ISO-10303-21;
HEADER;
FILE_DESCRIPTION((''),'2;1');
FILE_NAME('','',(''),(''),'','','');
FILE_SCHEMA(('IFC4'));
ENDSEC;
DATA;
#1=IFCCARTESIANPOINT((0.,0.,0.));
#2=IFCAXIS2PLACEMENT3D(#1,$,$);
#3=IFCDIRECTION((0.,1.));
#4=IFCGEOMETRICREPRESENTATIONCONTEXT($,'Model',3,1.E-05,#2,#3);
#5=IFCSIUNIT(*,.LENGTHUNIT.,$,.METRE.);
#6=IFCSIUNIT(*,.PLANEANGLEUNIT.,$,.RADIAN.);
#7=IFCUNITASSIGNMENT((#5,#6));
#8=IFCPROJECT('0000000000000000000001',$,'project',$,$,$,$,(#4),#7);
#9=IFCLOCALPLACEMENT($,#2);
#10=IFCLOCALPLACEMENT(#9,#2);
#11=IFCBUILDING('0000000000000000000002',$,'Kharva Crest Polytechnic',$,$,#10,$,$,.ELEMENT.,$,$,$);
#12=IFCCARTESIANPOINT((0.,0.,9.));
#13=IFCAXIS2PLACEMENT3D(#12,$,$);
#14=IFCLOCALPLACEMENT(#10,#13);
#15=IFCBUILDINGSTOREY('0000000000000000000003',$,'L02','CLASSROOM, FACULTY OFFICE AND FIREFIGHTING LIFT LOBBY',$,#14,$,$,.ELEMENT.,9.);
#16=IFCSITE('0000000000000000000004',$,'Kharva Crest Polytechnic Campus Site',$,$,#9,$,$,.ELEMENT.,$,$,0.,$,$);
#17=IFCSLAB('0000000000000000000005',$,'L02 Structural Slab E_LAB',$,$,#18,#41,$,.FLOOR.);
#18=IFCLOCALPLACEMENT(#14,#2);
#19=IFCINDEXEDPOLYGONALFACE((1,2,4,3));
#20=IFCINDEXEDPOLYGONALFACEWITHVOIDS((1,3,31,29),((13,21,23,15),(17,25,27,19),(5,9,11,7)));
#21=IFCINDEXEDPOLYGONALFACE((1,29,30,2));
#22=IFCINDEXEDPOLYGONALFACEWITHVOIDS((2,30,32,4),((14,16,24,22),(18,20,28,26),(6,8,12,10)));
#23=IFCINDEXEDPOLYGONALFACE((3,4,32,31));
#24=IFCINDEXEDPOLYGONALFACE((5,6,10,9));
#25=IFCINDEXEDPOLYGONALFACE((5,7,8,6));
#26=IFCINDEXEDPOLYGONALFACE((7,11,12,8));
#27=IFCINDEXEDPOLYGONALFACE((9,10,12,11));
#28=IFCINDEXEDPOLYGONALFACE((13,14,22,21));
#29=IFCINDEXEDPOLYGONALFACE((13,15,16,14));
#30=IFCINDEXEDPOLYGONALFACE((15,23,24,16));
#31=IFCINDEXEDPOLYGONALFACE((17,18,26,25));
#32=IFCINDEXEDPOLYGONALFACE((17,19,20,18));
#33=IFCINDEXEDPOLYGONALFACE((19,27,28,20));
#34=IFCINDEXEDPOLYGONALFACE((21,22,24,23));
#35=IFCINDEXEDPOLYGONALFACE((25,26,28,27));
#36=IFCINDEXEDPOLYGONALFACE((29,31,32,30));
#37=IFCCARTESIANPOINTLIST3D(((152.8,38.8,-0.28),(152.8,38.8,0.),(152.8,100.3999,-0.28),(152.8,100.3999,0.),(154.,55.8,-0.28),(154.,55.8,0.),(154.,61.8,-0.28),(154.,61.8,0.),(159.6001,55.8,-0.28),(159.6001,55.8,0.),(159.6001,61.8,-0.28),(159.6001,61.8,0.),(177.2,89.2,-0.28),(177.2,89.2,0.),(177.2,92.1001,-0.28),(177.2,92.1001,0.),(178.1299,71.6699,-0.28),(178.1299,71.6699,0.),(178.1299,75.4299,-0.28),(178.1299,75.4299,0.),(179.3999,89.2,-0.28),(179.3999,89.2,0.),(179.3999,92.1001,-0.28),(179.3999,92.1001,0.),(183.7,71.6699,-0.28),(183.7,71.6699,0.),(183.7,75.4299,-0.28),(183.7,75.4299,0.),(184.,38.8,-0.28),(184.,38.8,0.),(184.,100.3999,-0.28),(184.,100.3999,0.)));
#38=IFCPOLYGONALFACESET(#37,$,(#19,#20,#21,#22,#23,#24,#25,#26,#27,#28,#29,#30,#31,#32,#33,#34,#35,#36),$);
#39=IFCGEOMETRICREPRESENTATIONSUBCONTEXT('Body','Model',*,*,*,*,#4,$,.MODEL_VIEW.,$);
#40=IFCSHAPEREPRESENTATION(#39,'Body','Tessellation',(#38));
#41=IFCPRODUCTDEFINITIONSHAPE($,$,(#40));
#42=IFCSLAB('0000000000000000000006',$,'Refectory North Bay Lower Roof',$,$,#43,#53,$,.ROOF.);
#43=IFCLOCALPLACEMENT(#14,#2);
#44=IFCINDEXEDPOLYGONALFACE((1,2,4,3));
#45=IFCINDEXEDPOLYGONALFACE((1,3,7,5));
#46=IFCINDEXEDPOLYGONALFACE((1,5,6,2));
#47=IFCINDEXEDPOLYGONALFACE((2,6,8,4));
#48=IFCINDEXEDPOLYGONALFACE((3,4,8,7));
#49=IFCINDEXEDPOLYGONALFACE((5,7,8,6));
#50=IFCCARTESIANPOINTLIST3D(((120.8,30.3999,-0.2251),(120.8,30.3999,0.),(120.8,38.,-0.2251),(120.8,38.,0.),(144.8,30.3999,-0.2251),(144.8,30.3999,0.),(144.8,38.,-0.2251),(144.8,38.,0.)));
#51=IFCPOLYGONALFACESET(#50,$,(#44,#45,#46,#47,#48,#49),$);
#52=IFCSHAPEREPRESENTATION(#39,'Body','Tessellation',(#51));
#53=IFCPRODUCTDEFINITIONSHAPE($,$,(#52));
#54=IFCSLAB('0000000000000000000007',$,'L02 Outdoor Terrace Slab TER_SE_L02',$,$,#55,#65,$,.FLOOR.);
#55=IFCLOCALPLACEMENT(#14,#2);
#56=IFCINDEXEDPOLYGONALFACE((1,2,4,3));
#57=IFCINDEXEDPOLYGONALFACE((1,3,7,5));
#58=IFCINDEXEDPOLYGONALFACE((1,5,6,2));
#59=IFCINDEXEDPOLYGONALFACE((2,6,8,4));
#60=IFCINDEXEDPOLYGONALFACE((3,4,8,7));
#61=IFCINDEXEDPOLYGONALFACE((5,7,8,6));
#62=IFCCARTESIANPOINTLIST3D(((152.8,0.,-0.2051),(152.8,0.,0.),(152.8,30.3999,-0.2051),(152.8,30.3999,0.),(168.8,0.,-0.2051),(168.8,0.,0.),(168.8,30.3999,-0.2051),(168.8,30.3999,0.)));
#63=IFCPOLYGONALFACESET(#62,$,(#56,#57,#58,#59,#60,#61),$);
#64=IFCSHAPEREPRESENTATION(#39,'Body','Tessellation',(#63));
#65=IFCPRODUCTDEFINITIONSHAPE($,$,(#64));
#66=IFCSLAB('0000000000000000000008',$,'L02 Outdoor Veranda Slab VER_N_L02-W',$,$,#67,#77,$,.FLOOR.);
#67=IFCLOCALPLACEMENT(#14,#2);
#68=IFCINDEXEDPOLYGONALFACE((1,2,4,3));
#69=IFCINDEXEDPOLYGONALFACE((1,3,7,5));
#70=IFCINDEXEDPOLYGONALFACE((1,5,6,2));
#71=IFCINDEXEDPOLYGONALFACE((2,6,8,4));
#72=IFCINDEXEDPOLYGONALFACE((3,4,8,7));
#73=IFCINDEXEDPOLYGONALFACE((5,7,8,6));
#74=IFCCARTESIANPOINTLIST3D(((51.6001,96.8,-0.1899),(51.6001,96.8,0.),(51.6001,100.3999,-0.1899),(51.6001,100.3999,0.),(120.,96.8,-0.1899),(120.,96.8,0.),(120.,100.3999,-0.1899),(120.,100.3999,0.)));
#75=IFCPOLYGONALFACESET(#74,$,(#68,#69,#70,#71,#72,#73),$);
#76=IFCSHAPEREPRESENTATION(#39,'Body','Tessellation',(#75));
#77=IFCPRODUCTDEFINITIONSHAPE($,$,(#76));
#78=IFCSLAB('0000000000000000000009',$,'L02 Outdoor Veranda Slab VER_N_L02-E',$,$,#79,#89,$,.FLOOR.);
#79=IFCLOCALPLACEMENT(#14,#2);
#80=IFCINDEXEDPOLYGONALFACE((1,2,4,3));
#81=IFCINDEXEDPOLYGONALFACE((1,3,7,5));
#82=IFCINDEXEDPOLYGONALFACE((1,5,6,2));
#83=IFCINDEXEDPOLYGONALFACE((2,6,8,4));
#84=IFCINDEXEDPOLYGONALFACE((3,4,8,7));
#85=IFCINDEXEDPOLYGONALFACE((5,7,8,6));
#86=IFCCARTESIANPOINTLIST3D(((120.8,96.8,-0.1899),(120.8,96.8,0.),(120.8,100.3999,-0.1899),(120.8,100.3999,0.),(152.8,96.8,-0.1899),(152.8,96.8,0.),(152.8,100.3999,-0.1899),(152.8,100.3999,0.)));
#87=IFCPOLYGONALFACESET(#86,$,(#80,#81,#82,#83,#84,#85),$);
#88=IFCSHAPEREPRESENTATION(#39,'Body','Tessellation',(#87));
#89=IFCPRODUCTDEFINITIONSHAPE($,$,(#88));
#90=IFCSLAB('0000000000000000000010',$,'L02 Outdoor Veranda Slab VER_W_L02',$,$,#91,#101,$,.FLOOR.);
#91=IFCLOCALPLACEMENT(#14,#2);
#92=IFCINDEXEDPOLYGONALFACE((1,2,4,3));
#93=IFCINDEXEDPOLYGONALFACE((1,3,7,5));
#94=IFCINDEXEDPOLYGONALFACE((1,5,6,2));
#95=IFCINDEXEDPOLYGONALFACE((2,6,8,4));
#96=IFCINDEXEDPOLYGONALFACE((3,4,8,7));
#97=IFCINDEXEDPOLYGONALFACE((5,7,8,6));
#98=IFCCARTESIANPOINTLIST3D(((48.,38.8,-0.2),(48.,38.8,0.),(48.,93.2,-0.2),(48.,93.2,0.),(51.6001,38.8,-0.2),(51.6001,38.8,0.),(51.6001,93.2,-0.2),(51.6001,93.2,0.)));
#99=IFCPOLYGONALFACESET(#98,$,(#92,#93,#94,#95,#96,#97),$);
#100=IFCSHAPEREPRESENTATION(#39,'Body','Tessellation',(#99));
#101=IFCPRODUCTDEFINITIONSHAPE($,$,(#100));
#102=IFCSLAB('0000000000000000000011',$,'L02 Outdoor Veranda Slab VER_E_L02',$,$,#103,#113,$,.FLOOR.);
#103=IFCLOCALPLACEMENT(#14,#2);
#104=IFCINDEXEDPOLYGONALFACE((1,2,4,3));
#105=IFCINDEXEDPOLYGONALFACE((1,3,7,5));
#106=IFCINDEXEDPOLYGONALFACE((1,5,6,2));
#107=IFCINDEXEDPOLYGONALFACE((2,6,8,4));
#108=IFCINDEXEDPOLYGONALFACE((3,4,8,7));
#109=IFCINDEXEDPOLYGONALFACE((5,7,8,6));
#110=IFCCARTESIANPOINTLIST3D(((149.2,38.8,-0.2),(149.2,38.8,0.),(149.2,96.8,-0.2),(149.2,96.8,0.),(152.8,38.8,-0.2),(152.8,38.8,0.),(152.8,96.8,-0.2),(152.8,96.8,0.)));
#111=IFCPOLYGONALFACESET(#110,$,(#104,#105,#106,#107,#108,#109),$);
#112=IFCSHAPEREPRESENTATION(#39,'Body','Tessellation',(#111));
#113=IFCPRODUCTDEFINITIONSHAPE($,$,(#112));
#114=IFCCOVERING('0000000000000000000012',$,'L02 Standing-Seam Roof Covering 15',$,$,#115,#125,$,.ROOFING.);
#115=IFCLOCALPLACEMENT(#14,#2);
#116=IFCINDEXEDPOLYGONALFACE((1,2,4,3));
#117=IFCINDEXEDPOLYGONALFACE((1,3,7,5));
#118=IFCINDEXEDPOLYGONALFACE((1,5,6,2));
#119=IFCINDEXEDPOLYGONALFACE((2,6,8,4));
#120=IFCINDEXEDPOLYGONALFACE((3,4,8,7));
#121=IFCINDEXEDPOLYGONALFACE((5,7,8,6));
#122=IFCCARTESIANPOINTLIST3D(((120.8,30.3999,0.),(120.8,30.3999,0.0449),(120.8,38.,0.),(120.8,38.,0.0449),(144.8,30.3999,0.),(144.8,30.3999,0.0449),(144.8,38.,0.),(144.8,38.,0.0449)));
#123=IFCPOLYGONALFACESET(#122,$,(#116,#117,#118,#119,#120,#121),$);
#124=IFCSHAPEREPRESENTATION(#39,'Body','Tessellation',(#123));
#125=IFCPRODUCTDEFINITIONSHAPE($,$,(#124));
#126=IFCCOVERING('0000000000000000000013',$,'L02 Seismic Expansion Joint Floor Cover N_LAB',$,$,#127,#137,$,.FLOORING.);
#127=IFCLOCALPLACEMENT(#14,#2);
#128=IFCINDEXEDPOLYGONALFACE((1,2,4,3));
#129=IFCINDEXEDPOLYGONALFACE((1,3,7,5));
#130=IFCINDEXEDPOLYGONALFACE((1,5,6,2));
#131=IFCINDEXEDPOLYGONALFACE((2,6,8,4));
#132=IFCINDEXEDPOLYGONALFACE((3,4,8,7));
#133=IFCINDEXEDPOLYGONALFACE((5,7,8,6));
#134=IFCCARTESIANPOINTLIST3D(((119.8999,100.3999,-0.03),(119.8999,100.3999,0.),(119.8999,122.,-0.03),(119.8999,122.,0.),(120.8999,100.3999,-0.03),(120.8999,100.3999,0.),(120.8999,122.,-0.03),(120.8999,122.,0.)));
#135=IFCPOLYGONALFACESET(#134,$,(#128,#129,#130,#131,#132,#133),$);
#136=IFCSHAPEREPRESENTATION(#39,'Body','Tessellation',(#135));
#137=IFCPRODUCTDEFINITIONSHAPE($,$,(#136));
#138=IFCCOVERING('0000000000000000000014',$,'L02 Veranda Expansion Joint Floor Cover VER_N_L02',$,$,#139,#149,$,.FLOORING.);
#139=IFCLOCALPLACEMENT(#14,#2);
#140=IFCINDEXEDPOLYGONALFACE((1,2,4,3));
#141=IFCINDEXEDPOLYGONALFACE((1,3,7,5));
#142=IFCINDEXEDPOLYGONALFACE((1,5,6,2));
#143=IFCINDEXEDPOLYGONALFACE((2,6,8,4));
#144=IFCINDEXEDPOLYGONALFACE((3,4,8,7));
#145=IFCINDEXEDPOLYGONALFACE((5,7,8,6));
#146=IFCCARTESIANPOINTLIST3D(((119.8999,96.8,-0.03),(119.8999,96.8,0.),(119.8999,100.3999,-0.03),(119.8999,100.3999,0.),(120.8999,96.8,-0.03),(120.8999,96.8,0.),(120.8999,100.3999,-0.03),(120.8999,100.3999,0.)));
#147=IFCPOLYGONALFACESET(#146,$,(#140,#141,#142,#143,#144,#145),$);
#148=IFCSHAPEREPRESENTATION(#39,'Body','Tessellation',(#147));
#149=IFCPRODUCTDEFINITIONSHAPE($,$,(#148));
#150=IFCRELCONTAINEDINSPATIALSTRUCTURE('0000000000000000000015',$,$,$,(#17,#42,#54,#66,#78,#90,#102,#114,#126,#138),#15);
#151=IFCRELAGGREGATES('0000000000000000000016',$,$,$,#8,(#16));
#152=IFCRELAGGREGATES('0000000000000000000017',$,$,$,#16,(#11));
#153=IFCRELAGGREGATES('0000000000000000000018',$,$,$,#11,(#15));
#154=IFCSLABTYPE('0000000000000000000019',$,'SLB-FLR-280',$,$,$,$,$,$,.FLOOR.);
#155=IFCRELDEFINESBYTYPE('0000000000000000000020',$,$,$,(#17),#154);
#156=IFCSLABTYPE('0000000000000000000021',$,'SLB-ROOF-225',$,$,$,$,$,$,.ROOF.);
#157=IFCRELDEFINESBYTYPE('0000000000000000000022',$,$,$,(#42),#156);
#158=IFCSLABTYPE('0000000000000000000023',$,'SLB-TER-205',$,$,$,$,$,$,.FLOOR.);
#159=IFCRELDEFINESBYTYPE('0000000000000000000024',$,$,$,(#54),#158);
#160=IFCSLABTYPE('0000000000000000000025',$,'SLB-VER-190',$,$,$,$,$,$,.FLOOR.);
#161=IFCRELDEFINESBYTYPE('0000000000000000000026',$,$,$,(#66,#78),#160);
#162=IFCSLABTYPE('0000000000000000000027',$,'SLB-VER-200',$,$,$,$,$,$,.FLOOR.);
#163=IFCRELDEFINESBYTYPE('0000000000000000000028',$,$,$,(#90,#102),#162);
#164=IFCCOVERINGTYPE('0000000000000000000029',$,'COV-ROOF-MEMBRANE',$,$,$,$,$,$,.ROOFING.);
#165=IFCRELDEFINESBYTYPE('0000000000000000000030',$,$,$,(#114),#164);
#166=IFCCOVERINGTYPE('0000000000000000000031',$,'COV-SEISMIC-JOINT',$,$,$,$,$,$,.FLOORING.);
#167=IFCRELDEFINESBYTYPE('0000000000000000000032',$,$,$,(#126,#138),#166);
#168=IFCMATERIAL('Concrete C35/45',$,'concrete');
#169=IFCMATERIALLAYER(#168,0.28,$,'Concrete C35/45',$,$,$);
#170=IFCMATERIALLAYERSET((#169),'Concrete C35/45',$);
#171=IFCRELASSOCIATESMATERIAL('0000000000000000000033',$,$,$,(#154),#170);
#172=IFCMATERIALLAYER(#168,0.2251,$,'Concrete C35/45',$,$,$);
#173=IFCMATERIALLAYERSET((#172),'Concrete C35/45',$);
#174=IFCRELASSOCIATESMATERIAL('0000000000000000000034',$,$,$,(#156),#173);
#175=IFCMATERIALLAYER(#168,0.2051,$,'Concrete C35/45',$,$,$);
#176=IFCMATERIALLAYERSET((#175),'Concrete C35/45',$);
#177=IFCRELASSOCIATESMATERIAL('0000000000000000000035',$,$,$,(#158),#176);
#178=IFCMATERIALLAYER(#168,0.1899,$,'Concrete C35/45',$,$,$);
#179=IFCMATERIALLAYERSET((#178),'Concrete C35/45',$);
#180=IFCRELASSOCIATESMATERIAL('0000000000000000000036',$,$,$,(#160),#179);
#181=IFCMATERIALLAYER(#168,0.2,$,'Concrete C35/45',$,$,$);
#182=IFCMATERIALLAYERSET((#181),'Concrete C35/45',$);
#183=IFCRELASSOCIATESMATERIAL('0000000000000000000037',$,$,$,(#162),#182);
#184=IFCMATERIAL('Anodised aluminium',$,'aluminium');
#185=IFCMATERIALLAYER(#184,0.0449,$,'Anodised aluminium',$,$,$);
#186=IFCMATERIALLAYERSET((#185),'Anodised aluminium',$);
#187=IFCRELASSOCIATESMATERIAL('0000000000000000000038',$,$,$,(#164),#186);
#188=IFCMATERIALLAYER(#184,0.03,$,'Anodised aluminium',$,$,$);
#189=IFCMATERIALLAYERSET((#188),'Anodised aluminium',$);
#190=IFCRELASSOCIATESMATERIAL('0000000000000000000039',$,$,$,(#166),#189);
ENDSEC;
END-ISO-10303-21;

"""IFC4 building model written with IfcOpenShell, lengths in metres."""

from ifc_helpers import new_model, si_unit, direction, frame, origin, place, context, subcontext, project, spatial, polyline, outline, extrude, material, layer, layer_set, type_object, element, save


model = new_model("IFC4")

# Units and contexts
model_context = context("Model", 3, precision=1e-05, world=origin(), true_north=direction((0.0, 1.0)))
body_context = subcontext(model_context, "Body", "Model", "MODEL_VIEW")
ifc_project = project(units=[si_unit("LENGTHUNIT", "METRE"), si_unit("PLANEANGLEUNIT", "RADIAN")], contexts=[model_context])

# Site, building, storey
site_placement = place(None, origin())
site = spatial("IfcSite", under=ifc_project, at=site_placement, Name="Kharva Crest Polytechnic Campus Site", CompositionType="ELEMENT", RefElevation=0.0)
building_placement = place(site_placement, origin())
building = spatial("IfcBuilding", under=site, at=building_placement, Name="Kharva Crest Polytechnic", CompositionType="ELEMENT")
storey_placement = place(building_placement, frame((0.0, 0.0, 9.0)))
storey = spatial("IfcBuildingStorey", under=building, at=storey_placement, Name="L02", Description="CLASSROOM, FACULTY OFFICE AND FIREFIGHTING LIFT LOBBY", CompositionType="ELEMENT", Elevation=9.0)

# Slabs
ifc_material_1 = material(Name="Concrete C35/45", Category="concrete")
ifc_layer_1 = layer(ifc_material_1, 0.28, Name="Concrete C35/45")
ifc_layer_set_1 = layer_set([ifc_layer_1], Name="Concrete C35/45")
slab_type_1 = type_object("IfcSlabType", Name="SLB-FLR-280", PredefinedType="FLOOR", material=ifc_layer_set_1)
slab_1_placement = place(storey_placement, frame((0.0, 0.0, -0.28)))
element("IfcSlab", 1, at=slab_1_placement, inside=storey, type_object=slab_type_1, Name="L02 Structural Slab E_LAB", PredefinedType="FLOOR", context=body_context, shape_type="SweptSolid", body=[
    extrude(outline(polyline([(152.8, 38.8), (184.0, 38.8), (184.0, 100.3999), (152.8, 100.3999), (152.8, 38.8)]), holes=[polyline([(178.1299, 71.6699), (183.7, 71.6699), (183.7, 75.4299), (178.1299, 75.4299), (178.1299, 71.6699)]), polyline([(177.2, 89.2), (179.3999, 89.2), (179.3999, 92.1001), (177.2, 92.1001), (177.2, 89.2)]), polyline([(154.0, 55.8), (159.6001, 55.8), (159.6001, 61.8), (154.0, 61.8), (154.0, 55.8)])]), origin(), (0.0, 0.0, 1.0), 0.28),
])
ifc_layer_2 = layer(ifc_material_1, 0.2251, Name="Concrete C35/45")
ifc_layer_set_2 = layer_set([ifc_layer_2], Name="Concrete C35/45")
slab_type_2 = type_object("IfcSlabType", Name="SLB-ROOF-225", PredefinedType="ROOF", material=ifc_layer_set_2)
slab_2_placement = place(storey_placement, frame((0.0, 0.0, -0.2251)))
element("IfcSlab", 2, at=slab_2_placement, inside=storey, type_object=slab_type_2, Name="Refectory North Bay Lower Roof", PredefinedType="ROOF", context=body_context, shape_type="SweptSolid", body=[
    extrude(outline(polyline([(120.8, 30.3999), (144.8, 30.3999), (144.8, 38.0), (120.8, 38.0), (120.8, 30.3999)])), origin(), (0.0, 0.0, 1.0), 0.2251),
])
ifc_layer_3 = layer(ifc_material_1, 0.2051, Name="Concrete C35/45")
ifc_layer_set_3 = layer_set([ifc_layer_3], Name="Concrete C35/45")
slab_type_3 = type_object("IfcSlabType", Name="SLB-TER-205", PredefinedType="FLOOR", material=ifc_layer_set_3)
slab_3_placement = place(storey_placement, frame((0.0, 0.0, -0.2051)))
element("IfcSlab", 3, at=slab_3_placement, inside=storey, type_object=slab_type_3, Name="L02 Outdoor Terrace Slab TER_SE_L02", PredefinedType="FLOOR", context=body_context, shape_type="SweptSolid", body=[
    extrude(outline(polyline([(152.8, 0.0), (168.8, 0.0), (168.8, 30.3999), (152.8, 30.3999), (152.8, 0.0)])), origin(), (0.0, 0.0, 1.0), 0.2051),
])
ifc_layer_4 = layer(ifc_material_1, 0.1899, Name="Concrete C35/45")
ifc_layer_set_4 = layer_set([ifc_layer_4], Name="Concrete C35/45")
slab_type_4 = type_object("IfcSlabType", Name="SLB-VER-190", PredefinedType="FLOOR", material=ifc_layer_set_4)
slab_4_placement = place(storey_placement, frame((0.0, 0.0, -0.1899)))
element("IfcSlab", 4, at=slab_4_placement, inside=storey, type_object=slab_type_4, Name="L02 Outdoor Veranda Slab VER_N_L02-W", PredefinedType="FLOOR", context=body_context, shape_type="SweptSolid", body=[
    extrude(outline(polyline([(51.6001, 96.8), (120.0, 96.8), (120.0, 100.3999), (51.6001, 100.3999), (51.6001, 96.8)])), origin(), (0.0, 0.0, 1.0), 0.1899),
])
slab_5_placement = place(storey_placement, frame((0.0, 0.0, -0.1899)))
element("IfcSlab", 5, at=slab_5_placement, inside=storey, type_object=slab_type_4, Name="L02 Outdoor Veranda Slab VER_N_L02-E", PredefinedType="FLOOR", context=body_context, shape_type="SweptSolid", body=[
    extrude(outline(polyline([(120.8, 96.8), (152.8, 96.8), (152.8, 100.3999), (120.8, 100.3999), (120.8, 96.8)])), origin(), (0.0, 0.0, 1.0), 0.1899),
])
ifc_layer_5 = layer(ifc_material_1, 0.2, Name="Concrete C35/45")
ifc_layer_set_5 = layer_set([ifc_layer_5], Name="Concrete C35/45")
slab_type_5 = type_object("IfcSlabType", Name="SLB-VER-200", PredefinedType="FLOOR", material=ifc_layer_set_5)
slab_6_placement = place(storey_placement, frame((0.0, 0.0, -0.2)))
element("IfcSlab", 6, at=slab_6_placement, inside=storey, type_object=slab_type_5, Name="L02 Outdoor Veranda Slab VER_W_L02", PredefinedType="FLOOR", context=body_context, shape_type="SweptSolid", body=[
    extrude(outline(polyline([(48.0, 38.8), (51.6001, 38.8), (51.6001, 93.2), (48.0, 93.2), (48.0, 38.8)])), origin(), (0.0, 0.0, 1.0), 0.2),
])
slab_7_placement = place(storey_placement, frame((0.0, 0.0, -0.2)))
element("IfcSlab", 7, at=slab_7_placement, inside=storey, type_object=slab_type_5, Name="L02 Outdoor Veranda Slab VER_E_L02", PredefinedType="FLOOR", context=body_context, shape_type="SweptSolid", body=[
    extrude(outline(polyline([(149.2, 38.8), (152.8, 38.8), (152.8, 96.8), (149.2, 96.8), (149.2, 38.8)])), origin(), (0.0, 0.0, 1.0), 0.2),
])

# Coverings
ifc_material_2 = material(Name="Anodised aluminium", Category="aluminium")
ifc_layer_6 = layer(ifc_material_2, 0.0449, Name="Anodised aluminium")
ifc_layer_set_6 = layer_set([ifc_layer_6], Name="Anodised aluminium")
covering_type_1 = type_object("IfcCoveringType", Name="COV-ROOF-MEMBRANE", PredefinedType="ROOFING", material=ifc_layer_set_6)
covering_1_placement = place(storey_placement, origin())
element("IfcCovering", 8, at=covering_1_placement, inside=storey, type_object=covering_type_1, Name="L02 Standing-Seam Roof Covering 15", PredefinedType="ROOFING", context=body_context, shape_type="SweptSolid", body=[
    extrude(outline(polyline([(120.8, 30.3999), (144.8, 30.3999), (144.8, 38.0), (120.8, 38.0), (120.8, 30.3999)])), origin(), (0.0, 0.0, 1.0), 0.0449),
])
ifc_layer_7 = layer(ifc_material_2, 0.03, Name="Anodised aluminium")
ifc_layer_set_7 = layer_set([ifc_layer_7], Name="Anodised aluminium")
covering_type_2 = type_object("IfcCoveringType", Name="COV-SEISMIC-JOINT", PredefinedType="FLOORING", material=ifc_layer_set_7)
covering_2_placement = place(storey_placement, frame((0.0, 0.0, -0.03)))
element("IfcCovering", 9, at=covering_2_placement, inside=storey, type_object=covering_type_2, Name="L02 Seismic Expansion Joint Floor Cover N_LAB", PredefinedType="FLOORING", context=body_context, shape_type="SweptSolid", body=[
    extrude(outline(polyline([(119.8999, 100.3999), (120.8999, 100.3999), (120.8999, 122.0), (119.8999, 122.0), (119.8999, 100.3999)])), origin(), (0.0, 0.0, 1.0), 0.03),
])
covering_3_placement = place(storey_placement, frame((0.0, 0.0, -0.03)))
element("IfcCovering", 10, at=covering_3_placement, inside=storey, type_object=covering_type_2, Name="L02 Veranda Expansion Joint Floor Cover VER_N_L02", PredefinedType="FLOORING", context=body_context, shape_type="SweptSolid", body=[
    extrude(outline(polyline([(119.8999, 96.8), (120.8999, 96.8), (120.8999, 100.3999), (119.8999, 100.3999), (119.8999, 96.8)])), origin(), (0.0, 0.0, 1.0), 0.03),
])

save(model, "model.ifc")
